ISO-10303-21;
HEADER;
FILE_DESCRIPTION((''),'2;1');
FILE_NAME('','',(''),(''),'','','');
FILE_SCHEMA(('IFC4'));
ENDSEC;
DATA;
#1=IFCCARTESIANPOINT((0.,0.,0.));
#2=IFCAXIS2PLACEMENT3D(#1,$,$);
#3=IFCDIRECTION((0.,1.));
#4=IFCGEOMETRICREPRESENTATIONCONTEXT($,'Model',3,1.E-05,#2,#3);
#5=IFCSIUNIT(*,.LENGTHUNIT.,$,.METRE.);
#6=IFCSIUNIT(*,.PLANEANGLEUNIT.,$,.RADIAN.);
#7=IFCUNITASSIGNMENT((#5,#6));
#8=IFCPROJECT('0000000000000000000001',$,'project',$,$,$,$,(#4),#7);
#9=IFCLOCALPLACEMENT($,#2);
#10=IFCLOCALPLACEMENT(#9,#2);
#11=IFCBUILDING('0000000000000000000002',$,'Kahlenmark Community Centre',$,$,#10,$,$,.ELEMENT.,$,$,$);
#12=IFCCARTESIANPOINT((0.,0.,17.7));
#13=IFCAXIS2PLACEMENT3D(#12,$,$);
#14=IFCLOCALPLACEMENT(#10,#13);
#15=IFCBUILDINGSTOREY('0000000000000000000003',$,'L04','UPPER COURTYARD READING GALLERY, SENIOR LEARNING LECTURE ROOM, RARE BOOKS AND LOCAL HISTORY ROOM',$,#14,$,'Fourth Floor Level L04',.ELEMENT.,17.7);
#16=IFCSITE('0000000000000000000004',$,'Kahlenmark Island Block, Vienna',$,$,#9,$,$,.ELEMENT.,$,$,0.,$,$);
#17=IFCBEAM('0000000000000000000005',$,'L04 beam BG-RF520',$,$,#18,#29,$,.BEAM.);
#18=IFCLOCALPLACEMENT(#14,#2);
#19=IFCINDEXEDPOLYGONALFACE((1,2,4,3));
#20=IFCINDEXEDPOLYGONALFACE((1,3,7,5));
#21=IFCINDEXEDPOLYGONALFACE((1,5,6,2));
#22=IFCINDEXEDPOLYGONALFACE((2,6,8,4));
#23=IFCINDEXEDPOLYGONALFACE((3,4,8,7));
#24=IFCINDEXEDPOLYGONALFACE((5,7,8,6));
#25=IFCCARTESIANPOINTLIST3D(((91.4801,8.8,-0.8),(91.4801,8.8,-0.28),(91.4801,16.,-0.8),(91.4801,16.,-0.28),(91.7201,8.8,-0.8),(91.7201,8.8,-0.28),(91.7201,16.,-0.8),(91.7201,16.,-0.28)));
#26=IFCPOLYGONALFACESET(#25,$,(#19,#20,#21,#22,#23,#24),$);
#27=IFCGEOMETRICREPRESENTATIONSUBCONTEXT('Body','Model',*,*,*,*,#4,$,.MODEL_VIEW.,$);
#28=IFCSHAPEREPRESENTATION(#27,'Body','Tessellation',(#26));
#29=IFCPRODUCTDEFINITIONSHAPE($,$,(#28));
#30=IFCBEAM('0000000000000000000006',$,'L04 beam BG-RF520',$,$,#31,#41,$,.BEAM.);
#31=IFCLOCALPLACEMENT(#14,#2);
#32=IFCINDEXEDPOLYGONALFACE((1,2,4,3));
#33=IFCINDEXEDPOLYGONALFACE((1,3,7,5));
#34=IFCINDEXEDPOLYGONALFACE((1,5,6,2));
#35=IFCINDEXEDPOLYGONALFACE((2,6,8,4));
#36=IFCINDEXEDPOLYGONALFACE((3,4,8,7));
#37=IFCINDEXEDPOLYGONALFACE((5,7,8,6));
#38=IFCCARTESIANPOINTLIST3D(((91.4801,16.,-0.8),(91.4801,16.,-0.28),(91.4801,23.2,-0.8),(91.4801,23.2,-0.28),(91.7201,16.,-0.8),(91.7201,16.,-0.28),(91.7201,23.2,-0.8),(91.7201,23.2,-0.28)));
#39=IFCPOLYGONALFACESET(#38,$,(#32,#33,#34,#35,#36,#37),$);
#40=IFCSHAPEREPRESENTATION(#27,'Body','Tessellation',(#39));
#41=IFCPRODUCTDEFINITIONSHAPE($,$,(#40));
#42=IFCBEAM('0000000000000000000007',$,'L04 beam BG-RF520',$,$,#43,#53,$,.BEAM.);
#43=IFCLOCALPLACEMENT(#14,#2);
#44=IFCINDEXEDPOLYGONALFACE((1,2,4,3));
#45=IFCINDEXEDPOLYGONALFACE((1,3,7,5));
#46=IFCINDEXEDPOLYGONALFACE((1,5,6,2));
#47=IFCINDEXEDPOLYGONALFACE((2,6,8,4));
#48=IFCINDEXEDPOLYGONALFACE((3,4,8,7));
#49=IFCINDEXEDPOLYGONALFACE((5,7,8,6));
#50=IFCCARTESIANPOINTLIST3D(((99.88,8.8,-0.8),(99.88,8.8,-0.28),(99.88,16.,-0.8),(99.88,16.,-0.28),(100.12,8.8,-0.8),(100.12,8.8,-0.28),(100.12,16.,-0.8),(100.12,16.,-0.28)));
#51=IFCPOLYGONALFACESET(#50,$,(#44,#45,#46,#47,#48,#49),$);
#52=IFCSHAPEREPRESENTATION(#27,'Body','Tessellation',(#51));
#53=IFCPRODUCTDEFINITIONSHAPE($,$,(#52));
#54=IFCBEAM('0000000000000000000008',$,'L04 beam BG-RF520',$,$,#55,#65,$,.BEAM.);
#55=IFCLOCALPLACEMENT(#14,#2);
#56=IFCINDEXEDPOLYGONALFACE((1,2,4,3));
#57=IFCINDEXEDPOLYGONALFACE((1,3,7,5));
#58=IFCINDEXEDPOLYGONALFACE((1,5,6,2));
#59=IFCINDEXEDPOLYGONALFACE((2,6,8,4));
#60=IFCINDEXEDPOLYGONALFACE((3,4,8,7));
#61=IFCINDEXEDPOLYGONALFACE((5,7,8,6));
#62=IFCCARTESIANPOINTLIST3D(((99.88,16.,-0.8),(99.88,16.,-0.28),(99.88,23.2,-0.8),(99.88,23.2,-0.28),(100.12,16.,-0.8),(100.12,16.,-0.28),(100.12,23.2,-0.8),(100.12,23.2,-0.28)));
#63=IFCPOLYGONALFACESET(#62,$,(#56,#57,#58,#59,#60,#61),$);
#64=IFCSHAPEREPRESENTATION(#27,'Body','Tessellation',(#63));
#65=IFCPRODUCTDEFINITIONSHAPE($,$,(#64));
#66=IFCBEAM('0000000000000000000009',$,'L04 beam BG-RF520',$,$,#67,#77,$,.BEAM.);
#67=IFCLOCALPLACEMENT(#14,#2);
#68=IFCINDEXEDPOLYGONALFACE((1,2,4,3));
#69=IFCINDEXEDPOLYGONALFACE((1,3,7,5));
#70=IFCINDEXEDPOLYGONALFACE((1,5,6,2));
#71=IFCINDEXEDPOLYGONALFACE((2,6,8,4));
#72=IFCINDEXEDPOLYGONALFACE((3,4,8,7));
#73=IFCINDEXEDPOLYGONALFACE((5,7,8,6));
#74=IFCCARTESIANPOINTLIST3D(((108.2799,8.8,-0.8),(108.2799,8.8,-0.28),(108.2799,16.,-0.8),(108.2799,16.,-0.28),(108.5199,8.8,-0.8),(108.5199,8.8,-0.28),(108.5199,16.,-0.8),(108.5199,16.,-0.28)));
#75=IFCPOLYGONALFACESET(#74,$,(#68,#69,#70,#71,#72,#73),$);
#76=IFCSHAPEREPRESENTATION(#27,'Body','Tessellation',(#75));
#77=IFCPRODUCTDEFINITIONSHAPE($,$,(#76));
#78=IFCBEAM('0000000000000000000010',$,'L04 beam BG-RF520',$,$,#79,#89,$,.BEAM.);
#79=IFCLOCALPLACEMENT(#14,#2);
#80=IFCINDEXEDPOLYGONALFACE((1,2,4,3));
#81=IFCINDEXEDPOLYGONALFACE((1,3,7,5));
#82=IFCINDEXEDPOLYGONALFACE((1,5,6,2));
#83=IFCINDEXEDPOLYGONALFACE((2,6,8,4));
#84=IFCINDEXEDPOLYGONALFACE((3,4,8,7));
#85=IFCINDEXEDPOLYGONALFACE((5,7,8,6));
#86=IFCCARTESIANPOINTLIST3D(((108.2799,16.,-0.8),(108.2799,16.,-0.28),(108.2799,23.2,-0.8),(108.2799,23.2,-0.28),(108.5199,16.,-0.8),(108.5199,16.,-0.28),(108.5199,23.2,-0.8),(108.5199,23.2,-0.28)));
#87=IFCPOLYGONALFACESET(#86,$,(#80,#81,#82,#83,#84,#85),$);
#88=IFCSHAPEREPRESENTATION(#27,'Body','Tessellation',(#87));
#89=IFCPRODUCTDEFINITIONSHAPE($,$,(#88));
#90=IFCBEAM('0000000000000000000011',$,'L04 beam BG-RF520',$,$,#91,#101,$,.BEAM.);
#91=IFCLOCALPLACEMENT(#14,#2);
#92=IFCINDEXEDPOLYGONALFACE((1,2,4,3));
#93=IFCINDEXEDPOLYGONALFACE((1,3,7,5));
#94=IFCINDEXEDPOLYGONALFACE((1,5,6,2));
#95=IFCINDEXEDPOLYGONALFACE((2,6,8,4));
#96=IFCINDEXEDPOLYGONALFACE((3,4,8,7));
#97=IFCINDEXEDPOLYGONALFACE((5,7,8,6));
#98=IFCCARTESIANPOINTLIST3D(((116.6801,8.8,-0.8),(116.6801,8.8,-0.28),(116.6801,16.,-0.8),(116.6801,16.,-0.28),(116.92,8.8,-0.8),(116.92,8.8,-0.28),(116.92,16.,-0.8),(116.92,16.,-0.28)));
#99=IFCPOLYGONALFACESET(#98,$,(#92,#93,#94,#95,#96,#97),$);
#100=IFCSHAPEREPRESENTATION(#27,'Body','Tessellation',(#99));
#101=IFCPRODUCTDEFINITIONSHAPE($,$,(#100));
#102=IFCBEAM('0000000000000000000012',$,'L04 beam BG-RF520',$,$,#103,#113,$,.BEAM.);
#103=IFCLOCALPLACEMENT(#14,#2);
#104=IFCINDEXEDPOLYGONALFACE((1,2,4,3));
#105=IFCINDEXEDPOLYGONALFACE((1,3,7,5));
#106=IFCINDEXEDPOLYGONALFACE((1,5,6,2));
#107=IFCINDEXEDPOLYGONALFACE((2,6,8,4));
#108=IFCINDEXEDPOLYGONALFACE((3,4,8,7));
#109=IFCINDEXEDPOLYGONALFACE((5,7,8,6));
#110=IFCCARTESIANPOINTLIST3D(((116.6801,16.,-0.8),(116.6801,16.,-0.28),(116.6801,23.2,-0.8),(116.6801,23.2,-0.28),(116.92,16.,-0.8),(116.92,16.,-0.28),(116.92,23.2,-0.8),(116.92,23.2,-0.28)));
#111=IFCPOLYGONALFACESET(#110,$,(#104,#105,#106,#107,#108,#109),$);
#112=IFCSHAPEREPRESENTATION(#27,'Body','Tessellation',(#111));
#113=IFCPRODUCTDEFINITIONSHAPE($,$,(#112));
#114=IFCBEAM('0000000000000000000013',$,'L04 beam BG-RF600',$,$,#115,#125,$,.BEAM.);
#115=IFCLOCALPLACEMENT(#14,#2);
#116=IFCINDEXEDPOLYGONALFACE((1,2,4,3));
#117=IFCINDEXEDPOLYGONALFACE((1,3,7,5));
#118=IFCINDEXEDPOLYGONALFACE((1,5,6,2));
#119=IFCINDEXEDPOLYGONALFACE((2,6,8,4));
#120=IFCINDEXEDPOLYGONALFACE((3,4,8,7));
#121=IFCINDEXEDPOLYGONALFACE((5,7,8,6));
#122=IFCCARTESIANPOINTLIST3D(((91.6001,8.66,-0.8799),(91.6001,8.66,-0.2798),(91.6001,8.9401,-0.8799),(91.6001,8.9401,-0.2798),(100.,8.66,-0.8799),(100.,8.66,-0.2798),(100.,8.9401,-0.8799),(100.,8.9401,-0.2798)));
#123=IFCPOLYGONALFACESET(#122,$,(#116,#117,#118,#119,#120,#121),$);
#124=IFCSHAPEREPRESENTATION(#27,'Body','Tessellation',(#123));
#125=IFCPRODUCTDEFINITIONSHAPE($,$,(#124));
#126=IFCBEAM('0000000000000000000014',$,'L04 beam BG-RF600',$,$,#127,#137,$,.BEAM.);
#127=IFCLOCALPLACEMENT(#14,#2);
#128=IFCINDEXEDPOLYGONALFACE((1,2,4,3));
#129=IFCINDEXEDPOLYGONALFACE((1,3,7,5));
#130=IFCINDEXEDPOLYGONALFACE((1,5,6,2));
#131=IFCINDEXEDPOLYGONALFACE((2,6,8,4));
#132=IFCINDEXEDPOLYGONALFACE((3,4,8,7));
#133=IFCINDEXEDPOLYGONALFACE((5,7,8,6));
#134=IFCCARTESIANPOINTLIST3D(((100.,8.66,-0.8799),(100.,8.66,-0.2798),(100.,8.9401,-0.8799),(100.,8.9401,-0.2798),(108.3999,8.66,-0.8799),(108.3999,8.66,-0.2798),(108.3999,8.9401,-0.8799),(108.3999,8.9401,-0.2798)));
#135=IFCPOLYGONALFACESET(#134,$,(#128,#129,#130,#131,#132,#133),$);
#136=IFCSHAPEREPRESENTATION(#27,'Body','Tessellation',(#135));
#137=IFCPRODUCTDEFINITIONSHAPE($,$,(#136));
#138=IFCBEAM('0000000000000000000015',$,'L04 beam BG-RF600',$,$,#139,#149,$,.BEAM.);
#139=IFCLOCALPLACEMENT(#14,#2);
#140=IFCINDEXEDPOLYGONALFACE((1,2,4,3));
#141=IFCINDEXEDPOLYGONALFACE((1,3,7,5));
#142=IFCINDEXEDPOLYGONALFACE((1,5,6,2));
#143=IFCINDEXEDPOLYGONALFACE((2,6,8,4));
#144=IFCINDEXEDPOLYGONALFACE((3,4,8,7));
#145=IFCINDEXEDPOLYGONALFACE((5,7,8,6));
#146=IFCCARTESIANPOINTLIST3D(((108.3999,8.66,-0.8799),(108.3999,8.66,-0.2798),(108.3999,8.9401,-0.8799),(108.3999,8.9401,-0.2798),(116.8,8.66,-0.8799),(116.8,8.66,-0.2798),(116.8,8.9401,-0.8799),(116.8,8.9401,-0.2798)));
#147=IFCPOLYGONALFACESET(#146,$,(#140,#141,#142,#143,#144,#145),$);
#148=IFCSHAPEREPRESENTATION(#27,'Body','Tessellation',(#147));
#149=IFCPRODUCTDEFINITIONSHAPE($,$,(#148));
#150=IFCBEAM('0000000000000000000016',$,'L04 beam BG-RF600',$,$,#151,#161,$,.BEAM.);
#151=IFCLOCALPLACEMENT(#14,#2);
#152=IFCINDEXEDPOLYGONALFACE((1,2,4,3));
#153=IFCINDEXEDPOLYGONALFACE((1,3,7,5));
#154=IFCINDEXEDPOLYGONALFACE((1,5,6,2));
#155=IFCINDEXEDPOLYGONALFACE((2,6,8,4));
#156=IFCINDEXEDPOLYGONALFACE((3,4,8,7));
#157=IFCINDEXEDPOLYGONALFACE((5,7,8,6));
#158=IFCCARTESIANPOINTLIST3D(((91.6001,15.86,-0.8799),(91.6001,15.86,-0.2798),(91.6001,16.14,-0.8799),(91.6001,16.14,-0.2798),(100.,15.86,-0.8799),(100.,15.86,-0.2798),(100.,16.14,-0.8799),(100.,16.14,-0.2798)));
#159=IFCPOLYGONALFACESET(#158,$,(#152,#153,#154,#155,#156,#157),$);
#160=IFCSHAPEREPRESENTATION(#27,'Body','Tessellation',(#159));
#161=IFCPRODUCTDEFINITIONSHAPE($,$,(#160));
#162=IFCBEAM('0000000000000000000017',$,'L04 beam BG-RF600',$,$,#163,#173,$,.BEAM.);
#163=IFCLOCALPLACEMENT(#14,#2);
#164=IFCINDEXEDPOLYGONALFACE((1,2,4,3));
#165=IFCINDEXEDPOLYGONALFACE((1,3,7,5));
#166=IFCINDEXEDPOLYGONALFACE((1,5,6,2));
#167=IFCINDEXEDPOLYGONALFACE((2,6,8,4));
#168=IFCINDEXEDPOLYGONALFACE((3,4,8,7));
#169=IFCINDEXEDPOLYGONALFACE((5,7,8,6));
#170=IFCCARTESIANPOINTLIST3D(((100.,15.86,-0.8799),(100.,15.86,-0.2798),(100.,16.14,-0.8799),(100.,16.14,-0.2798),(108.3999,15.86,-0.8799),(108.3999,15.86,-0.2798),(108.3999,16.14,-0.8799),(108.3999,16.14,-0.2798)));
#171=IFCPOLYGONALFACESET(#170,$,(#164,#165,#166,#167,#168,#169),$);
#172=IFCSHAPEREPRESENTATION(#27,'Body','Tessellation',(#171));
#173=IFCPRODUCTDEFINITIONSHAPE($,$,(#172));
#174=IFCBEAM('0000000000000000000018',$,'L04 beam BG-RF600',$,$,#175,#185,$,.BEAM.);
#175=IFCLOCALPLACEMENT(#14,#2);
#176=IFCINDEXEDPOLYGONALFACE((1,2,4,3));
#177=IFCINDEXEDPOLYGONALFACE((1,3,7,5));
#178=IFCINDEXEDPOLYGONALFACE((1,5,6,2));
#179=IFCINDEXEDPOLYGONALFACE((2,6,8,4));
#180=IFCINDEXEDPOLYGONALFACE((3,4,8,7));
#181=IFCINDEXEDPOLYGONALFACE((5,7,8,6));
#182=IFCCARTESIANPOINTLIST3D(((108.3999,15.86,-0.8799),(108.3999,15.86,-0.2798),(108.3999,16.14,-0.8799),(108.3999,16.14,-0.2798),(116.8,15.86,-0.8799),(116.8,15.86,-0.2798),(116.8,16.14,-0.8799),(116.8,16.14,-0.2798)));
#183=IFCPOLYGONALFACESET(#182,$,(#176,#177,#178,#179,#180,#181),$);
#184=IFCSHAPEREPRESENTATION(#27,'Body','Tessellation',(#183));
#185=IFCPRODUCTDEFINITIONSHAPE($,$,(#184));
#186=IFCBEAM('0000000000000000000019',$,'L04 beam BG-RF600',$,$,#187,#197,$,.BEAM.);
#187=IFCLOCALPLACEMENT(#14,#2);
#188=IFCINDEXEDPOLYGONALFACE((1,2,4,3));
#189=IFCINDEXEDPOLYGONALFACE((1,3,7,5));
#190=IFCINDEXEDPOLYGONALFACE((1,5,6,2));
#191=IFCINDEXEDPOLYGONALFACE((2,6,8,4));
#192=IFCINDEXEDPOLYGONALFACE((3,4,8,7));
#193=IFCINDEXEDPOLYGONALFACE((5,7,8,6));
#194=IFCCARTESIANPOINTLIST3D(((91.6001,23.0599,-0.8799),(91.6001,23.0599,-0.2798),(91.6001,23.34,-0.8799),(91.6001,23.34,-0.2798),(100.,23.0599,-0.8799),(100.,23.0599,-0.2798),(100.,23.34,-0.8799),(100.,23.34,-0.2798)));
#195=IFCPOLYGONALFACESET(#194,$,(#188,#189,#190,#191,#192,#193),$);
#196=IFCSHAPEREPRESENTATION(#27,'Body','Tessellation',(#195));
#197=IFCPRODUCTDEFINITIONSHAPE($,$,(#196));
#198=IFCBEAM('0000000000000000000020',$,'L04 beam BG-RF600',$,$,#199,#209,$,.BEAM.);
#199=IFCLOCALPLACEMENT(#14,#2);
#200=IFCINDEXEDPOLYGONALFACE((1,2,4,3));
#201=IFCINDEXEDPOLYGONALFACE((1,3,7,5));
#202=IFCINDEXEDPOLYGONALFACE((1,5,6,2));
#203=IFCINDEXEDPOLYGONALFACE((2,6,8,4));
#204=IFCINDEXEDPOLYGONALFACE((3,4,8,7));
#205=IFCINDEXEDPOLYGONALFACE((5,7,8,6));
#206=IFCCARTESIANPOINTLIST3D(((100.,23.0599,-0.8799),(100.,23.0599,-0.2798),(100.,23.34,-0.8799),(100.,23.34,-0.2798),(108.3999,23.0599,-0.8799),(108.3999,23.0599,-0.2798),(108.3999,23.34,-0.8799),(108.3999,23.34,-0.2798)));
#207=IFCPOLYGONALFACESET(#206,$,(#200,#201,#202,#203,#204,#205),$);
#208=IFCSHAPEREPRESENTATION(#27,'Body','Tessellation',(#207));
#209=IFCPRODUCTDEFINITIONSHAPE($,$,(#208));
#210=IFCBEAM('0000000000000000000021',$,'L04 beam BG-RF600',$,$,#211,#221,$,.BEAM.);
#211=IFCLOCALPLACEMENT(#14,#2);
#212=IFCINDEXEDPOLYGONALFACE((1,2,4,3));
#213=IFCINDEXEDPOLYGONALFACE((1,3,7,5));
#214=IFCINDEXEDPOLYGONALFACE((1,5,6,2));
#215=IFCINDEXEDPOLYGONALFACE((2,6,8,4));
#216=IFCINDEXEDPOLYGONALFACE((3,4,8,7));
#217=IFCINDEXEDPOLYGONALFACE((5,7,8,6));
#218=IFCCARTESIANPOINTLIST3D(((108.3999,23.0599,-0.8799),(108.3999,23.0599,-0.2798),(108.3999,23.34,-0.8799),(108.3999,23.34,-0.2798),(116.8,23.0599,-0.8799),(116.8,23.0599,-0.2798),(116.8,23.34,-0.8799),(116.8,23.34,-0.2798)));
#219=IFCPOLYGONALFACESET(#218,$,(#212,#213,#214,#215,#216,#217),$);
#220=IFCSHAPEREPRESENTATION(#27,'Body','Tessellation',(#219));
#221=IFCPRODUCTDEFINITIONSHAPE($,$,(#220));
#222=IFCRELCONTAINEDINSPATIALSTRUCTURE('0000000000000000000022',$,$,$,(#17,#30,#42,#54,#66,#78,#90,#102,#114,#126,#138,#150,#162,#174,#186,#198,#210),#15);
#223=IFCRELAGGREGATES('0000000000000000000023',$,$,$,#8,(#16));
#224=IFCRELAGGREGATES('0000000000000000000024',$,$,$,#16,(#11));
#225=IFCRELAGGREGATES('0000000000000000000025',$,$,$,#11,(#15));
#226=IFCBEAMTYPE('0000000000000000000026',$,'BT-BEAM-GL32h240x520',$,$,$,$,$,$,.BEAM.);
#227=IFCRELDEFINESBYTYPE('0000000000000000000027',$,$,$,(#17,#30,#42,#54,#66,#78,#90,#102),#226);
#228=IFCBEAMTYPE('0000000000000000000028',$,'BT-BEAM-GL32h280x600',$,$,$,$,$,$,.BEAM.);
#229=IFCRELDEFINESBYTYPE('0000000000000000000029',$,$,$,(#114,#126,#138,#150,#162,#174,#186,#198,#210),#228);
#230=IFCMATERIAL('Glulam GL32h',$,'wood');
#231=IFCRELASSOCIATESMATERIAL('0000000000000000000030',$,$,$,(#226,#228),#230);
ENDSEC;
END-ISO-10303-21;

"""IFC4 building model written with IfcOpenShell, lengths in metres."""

from ifc_helpers import new_model, si_unit, direction, frame, origin, origin_2d, place, context, subcontext, project, spatial, rectangle, extrude, material, material_profile, profile_set, type_object, element, save


model = new_model("IFC4")

# Units and contexts
model_context = context("Model", 3, precision=1e-05, world=origin(), true_north=direction((0.0, 1.0)))
body_context = subcontext(model_context, "Body", "Model", "MODEL_VIEW")
ifc_project = project(units=[si_unit("LENGTHUNIT", "METRE"), si_unit("PLANEANGLEUNIT", "RADIAN")], contexts=[model_context])

# Site, building, storey
site_placement = place(None, origin())
site = spatial("IfcSite", under=ifc_project, at=site_placement, Name="Kahlenmark Island Block, Vienna", CompositionType="ELEMENT", RefElevation=0.0)
building_placement = place(site_placement, origin())
building = spatial("IfcBuilding", under=site, at=building_placement, Name="Kahlenmark Community Centre", CompositionType="ELEMENT")
storey_placement = place(building_placement, frame((0.0, 0.0, 17.7)))
storey = spatial("IfcBuildingStorey", under=building, at=storey_placement, Name="L04", Description="UPPER COURTYARD READING GALLERY, SENIOR LEARNING LECTURE ROOM, RARE BOOKS AND LOCAL HISTORY ROOM", LongName="Fourth Floor Level L04", CompositionType="ELEMENT", Elevation=17.7)

# Beams
ifc_material_1 = material(Name="Glulam GL32h", Category="wood")
ifc_material_profile_1 = material_profile(ifc_material_1, rectangle(XDim=0.24, YDim=0.52, at=origin_2d()), Name="GL32h 240x520")
ifc_profile_set_1 = profile_set([ifc_material_profile_1], Name="Glulam GL32h")
beam_type_1 = type_object("IfcBeamType", Name="BT-BEAM-GL32h240x520", PredefinedType="BEAM", material=ifc_profile_set_1)
for number, where, z_axis, x_axis, name in (
    (1, (91.6001, 8.8, -0.54), (0.0, 1.0, 0.0), (-1.0, 0.0, 0.0), "L04 beam BG-RF520"),
    (2, (91.6001, 16.0, -0.54), (0.0, 1.0, 0.0), (-1.0, 0.0, 0.0), "L04 beam BG-RF520"),
    (3, (100.0, 8.8, -0.54), (0.0, 1.0, 0.0), (-1.0, 0.0, 0.0), "L04 beam BG-RF520"),
    (4, (100.0, 16.0, -0.54), (0.0, 1.0, 0.0), (-1.0, 0.0, 0.0), "L04 beam BG-RF520"),
    (5, (108.3999, 8.8, -0.54), (0.0, 1.0, 0.0), (-1.0, 0.0, 0.0), "L04 beam BG-RF520"),
    (6, (108.3999, 16.0, -0.54), (0.0, 1.0, 0.0), (-1.0, 0.0, 0.0), "L04 beam BG-RF520"),
    (7, (116.8, 8.8, -0.54), (0.0, 1.0, 0.0), (-1.0, 0.0, 0.0), "L04 beam BG-RF520"),
    (8, (116.8, 16.0, -0.54), (0.0, 1.0, 0.0), (-1.0, 0.0, 0.0), "L04 beam BG-RF520"),
):
    element("IfcBeam", number, at=place(storey_placement, frame(where, z_axis=z_axis, x_axis=x_axis)), inside=storey, type_object=beam_type_1, Name=name, PredefinedType="BEAM", context=body_context, shape_type="SweptSolid", body=[
        extrude(rectangle(XDim=0.24, YDim=0.52, at=origin_2d()), origin(), (0.0, 0.0, 1.0), 7.2),
    ])
ifc_material_profile_2 = material_profile(ifc_material_1, rectangle(XDim=0.28, YDim=0.6001, at=origin_2d()), Name="GL32h 280x600")
ifc_profile_set_2 = profile_set([ifc_material_profile_2], Name="Glulam GL32h")
beam_type_2 = type_object("IfcBeamType", Name="BT-BEAM-GL32h280x600", PredefinedType="BEAM", material=ifc_profile_set_2)
for number, where, z_axis, x_axis, name in (
    (9, (91.6001, 8.8, -0.5798), (1.0, 0.0, 0.0), (0.0, 1.0, 0.0), "L04 beam BG-RF600"),
    (10, (100.0, 8.8, -0.5798), (1.0, 0.0, 0.0), (0.0, 1.0, 0.0), "L04 beam BG-RF600"),
):
    element("IfcBeam", number, at=place(storey_placement, frame(where, z_axis=z_axis, x_axis=x_axis)), inside=storey, type_object=beam_type_2, Name=name, PredefinedType="BEAM", context=body_context, shape_type="SweptSolid", body=[
        extrude(rectangle(XDim=0.28, YDim=0.6001, at=origin_2d()), origin(), (0.0, 0.0, 1.0), 8.3999),
    ])
beam_1_placement = place(storey_placement, frame((108.3999, 8.8, -0.5798), z_axis=(1.0, 0.0, 0.0), x_axis=(0.0, 1.0, 0.0)))
element("IfcBeam", 11, at=beam_1_placement, inside=storey, type_object=beam_type_2, Name="L04 beam BG-RF600", PredefinedType="BEAM", context=body_context, shape_type="SweptSolid", body=[
    extrude(rectangle(XDim=0.28, YDim=0.6001, at=origin_2d()), origin(), (0.0, 0.0, 1.0), 8.4001),
])
for number, where, z_axis, x_axis, name in (
    (12, (91.6001, 16.0, -0.5798), (1.0, 0.0, 0.0), (0.0, 1.0, 0.0), "L04 beam BG-RF600"),
    (13, (100.0, 16.0, -0.5798), (1.0, 0.0, 0.0), (0.0, 1.0, 0.0), "L04 beam BG-RF600"),
):
    element("IfcBeam", number, at=place(storey_placement, frame(where, z_axis=z_axis, x_axis=x_axis)), inside=storey, type_object=beam_type_2, Name=name, PredefinedType="BEAM", context=body_context, shape_type="SweptSolid", body=[
        extrude(rectangle(XDim=0.28, YDim=0.6001, at=origin_2d()), origin(), (0.0, 0.0, 1.0), 8.3999),
    ])
beam_2_placement = place(storey_placement, frame((108.3999, 16.0, -0.5798), z_axis=(1.0, 0.0, 0.0), x_axis=(0.0, 1.0, 0.0)))
element("IfcBeam", 14, at=beam_2_placement, inside=storey, type_object=beam_type_2, Name="L04 beam BG-RF600", PredefinedType="BEAM", context=body_context, shape_type="SweptSolid", body=[
    extrude(rectangle(XDim=0.28, YDim=0.6001, at=origin_2d()), origin(), (0.0, 0.0, 1.0), 8.4001),
])
for number, where, z_axis, x_axis, name in (
    (15, (91.6001, 23.2, -0.5798), (1.0, 0.0, 0.0), (0.0, 1.0, 0.0), "L04 beam BG-RF600"),
    (16, (100.0, 23.2, -0.5798), (1.0, 0.0, 0.0), (0.0, 1.0, 0.0), "L04 beam BG-RF600"),
):
    element("IfcBeam", number, at=place(storey_placement, frame(where, z_axis=z_axis, x_axis=x_axis)), inside=storey, type_object=beam_type_2, Name=name, PredefinedType="BEAM", context=body_context, shape_type="SweptSolid", body=[
        extrude(rectangle(XDim=0.28, YDim=0.6001, at=origin_2d()), origin(), (0.0, 0.0, 1.0), 8.3999),
    ])
beam_3_placement = place(storey_placement, frame((108.3999, 23.2, -0.5798), z_axis=(1.0, 0.0, 0.0), x_axis=(0.0, 1.0, 0.0)))
element("IfcBeam", 17, at=beam_3_placement, inside=storey, type_object=beam_type_2, Name="L04 beam BG-RF600", PredefinedType="BEAM", context=body_context, shape_type="SweptSolid", body=[
    extrude(rectangle(XDim=0.28, YDim=0.6001, at=origin_2d()), origin(), (0.0, 0.0, 1.0), 8.4001),
])

save(model, "model.ifc")
